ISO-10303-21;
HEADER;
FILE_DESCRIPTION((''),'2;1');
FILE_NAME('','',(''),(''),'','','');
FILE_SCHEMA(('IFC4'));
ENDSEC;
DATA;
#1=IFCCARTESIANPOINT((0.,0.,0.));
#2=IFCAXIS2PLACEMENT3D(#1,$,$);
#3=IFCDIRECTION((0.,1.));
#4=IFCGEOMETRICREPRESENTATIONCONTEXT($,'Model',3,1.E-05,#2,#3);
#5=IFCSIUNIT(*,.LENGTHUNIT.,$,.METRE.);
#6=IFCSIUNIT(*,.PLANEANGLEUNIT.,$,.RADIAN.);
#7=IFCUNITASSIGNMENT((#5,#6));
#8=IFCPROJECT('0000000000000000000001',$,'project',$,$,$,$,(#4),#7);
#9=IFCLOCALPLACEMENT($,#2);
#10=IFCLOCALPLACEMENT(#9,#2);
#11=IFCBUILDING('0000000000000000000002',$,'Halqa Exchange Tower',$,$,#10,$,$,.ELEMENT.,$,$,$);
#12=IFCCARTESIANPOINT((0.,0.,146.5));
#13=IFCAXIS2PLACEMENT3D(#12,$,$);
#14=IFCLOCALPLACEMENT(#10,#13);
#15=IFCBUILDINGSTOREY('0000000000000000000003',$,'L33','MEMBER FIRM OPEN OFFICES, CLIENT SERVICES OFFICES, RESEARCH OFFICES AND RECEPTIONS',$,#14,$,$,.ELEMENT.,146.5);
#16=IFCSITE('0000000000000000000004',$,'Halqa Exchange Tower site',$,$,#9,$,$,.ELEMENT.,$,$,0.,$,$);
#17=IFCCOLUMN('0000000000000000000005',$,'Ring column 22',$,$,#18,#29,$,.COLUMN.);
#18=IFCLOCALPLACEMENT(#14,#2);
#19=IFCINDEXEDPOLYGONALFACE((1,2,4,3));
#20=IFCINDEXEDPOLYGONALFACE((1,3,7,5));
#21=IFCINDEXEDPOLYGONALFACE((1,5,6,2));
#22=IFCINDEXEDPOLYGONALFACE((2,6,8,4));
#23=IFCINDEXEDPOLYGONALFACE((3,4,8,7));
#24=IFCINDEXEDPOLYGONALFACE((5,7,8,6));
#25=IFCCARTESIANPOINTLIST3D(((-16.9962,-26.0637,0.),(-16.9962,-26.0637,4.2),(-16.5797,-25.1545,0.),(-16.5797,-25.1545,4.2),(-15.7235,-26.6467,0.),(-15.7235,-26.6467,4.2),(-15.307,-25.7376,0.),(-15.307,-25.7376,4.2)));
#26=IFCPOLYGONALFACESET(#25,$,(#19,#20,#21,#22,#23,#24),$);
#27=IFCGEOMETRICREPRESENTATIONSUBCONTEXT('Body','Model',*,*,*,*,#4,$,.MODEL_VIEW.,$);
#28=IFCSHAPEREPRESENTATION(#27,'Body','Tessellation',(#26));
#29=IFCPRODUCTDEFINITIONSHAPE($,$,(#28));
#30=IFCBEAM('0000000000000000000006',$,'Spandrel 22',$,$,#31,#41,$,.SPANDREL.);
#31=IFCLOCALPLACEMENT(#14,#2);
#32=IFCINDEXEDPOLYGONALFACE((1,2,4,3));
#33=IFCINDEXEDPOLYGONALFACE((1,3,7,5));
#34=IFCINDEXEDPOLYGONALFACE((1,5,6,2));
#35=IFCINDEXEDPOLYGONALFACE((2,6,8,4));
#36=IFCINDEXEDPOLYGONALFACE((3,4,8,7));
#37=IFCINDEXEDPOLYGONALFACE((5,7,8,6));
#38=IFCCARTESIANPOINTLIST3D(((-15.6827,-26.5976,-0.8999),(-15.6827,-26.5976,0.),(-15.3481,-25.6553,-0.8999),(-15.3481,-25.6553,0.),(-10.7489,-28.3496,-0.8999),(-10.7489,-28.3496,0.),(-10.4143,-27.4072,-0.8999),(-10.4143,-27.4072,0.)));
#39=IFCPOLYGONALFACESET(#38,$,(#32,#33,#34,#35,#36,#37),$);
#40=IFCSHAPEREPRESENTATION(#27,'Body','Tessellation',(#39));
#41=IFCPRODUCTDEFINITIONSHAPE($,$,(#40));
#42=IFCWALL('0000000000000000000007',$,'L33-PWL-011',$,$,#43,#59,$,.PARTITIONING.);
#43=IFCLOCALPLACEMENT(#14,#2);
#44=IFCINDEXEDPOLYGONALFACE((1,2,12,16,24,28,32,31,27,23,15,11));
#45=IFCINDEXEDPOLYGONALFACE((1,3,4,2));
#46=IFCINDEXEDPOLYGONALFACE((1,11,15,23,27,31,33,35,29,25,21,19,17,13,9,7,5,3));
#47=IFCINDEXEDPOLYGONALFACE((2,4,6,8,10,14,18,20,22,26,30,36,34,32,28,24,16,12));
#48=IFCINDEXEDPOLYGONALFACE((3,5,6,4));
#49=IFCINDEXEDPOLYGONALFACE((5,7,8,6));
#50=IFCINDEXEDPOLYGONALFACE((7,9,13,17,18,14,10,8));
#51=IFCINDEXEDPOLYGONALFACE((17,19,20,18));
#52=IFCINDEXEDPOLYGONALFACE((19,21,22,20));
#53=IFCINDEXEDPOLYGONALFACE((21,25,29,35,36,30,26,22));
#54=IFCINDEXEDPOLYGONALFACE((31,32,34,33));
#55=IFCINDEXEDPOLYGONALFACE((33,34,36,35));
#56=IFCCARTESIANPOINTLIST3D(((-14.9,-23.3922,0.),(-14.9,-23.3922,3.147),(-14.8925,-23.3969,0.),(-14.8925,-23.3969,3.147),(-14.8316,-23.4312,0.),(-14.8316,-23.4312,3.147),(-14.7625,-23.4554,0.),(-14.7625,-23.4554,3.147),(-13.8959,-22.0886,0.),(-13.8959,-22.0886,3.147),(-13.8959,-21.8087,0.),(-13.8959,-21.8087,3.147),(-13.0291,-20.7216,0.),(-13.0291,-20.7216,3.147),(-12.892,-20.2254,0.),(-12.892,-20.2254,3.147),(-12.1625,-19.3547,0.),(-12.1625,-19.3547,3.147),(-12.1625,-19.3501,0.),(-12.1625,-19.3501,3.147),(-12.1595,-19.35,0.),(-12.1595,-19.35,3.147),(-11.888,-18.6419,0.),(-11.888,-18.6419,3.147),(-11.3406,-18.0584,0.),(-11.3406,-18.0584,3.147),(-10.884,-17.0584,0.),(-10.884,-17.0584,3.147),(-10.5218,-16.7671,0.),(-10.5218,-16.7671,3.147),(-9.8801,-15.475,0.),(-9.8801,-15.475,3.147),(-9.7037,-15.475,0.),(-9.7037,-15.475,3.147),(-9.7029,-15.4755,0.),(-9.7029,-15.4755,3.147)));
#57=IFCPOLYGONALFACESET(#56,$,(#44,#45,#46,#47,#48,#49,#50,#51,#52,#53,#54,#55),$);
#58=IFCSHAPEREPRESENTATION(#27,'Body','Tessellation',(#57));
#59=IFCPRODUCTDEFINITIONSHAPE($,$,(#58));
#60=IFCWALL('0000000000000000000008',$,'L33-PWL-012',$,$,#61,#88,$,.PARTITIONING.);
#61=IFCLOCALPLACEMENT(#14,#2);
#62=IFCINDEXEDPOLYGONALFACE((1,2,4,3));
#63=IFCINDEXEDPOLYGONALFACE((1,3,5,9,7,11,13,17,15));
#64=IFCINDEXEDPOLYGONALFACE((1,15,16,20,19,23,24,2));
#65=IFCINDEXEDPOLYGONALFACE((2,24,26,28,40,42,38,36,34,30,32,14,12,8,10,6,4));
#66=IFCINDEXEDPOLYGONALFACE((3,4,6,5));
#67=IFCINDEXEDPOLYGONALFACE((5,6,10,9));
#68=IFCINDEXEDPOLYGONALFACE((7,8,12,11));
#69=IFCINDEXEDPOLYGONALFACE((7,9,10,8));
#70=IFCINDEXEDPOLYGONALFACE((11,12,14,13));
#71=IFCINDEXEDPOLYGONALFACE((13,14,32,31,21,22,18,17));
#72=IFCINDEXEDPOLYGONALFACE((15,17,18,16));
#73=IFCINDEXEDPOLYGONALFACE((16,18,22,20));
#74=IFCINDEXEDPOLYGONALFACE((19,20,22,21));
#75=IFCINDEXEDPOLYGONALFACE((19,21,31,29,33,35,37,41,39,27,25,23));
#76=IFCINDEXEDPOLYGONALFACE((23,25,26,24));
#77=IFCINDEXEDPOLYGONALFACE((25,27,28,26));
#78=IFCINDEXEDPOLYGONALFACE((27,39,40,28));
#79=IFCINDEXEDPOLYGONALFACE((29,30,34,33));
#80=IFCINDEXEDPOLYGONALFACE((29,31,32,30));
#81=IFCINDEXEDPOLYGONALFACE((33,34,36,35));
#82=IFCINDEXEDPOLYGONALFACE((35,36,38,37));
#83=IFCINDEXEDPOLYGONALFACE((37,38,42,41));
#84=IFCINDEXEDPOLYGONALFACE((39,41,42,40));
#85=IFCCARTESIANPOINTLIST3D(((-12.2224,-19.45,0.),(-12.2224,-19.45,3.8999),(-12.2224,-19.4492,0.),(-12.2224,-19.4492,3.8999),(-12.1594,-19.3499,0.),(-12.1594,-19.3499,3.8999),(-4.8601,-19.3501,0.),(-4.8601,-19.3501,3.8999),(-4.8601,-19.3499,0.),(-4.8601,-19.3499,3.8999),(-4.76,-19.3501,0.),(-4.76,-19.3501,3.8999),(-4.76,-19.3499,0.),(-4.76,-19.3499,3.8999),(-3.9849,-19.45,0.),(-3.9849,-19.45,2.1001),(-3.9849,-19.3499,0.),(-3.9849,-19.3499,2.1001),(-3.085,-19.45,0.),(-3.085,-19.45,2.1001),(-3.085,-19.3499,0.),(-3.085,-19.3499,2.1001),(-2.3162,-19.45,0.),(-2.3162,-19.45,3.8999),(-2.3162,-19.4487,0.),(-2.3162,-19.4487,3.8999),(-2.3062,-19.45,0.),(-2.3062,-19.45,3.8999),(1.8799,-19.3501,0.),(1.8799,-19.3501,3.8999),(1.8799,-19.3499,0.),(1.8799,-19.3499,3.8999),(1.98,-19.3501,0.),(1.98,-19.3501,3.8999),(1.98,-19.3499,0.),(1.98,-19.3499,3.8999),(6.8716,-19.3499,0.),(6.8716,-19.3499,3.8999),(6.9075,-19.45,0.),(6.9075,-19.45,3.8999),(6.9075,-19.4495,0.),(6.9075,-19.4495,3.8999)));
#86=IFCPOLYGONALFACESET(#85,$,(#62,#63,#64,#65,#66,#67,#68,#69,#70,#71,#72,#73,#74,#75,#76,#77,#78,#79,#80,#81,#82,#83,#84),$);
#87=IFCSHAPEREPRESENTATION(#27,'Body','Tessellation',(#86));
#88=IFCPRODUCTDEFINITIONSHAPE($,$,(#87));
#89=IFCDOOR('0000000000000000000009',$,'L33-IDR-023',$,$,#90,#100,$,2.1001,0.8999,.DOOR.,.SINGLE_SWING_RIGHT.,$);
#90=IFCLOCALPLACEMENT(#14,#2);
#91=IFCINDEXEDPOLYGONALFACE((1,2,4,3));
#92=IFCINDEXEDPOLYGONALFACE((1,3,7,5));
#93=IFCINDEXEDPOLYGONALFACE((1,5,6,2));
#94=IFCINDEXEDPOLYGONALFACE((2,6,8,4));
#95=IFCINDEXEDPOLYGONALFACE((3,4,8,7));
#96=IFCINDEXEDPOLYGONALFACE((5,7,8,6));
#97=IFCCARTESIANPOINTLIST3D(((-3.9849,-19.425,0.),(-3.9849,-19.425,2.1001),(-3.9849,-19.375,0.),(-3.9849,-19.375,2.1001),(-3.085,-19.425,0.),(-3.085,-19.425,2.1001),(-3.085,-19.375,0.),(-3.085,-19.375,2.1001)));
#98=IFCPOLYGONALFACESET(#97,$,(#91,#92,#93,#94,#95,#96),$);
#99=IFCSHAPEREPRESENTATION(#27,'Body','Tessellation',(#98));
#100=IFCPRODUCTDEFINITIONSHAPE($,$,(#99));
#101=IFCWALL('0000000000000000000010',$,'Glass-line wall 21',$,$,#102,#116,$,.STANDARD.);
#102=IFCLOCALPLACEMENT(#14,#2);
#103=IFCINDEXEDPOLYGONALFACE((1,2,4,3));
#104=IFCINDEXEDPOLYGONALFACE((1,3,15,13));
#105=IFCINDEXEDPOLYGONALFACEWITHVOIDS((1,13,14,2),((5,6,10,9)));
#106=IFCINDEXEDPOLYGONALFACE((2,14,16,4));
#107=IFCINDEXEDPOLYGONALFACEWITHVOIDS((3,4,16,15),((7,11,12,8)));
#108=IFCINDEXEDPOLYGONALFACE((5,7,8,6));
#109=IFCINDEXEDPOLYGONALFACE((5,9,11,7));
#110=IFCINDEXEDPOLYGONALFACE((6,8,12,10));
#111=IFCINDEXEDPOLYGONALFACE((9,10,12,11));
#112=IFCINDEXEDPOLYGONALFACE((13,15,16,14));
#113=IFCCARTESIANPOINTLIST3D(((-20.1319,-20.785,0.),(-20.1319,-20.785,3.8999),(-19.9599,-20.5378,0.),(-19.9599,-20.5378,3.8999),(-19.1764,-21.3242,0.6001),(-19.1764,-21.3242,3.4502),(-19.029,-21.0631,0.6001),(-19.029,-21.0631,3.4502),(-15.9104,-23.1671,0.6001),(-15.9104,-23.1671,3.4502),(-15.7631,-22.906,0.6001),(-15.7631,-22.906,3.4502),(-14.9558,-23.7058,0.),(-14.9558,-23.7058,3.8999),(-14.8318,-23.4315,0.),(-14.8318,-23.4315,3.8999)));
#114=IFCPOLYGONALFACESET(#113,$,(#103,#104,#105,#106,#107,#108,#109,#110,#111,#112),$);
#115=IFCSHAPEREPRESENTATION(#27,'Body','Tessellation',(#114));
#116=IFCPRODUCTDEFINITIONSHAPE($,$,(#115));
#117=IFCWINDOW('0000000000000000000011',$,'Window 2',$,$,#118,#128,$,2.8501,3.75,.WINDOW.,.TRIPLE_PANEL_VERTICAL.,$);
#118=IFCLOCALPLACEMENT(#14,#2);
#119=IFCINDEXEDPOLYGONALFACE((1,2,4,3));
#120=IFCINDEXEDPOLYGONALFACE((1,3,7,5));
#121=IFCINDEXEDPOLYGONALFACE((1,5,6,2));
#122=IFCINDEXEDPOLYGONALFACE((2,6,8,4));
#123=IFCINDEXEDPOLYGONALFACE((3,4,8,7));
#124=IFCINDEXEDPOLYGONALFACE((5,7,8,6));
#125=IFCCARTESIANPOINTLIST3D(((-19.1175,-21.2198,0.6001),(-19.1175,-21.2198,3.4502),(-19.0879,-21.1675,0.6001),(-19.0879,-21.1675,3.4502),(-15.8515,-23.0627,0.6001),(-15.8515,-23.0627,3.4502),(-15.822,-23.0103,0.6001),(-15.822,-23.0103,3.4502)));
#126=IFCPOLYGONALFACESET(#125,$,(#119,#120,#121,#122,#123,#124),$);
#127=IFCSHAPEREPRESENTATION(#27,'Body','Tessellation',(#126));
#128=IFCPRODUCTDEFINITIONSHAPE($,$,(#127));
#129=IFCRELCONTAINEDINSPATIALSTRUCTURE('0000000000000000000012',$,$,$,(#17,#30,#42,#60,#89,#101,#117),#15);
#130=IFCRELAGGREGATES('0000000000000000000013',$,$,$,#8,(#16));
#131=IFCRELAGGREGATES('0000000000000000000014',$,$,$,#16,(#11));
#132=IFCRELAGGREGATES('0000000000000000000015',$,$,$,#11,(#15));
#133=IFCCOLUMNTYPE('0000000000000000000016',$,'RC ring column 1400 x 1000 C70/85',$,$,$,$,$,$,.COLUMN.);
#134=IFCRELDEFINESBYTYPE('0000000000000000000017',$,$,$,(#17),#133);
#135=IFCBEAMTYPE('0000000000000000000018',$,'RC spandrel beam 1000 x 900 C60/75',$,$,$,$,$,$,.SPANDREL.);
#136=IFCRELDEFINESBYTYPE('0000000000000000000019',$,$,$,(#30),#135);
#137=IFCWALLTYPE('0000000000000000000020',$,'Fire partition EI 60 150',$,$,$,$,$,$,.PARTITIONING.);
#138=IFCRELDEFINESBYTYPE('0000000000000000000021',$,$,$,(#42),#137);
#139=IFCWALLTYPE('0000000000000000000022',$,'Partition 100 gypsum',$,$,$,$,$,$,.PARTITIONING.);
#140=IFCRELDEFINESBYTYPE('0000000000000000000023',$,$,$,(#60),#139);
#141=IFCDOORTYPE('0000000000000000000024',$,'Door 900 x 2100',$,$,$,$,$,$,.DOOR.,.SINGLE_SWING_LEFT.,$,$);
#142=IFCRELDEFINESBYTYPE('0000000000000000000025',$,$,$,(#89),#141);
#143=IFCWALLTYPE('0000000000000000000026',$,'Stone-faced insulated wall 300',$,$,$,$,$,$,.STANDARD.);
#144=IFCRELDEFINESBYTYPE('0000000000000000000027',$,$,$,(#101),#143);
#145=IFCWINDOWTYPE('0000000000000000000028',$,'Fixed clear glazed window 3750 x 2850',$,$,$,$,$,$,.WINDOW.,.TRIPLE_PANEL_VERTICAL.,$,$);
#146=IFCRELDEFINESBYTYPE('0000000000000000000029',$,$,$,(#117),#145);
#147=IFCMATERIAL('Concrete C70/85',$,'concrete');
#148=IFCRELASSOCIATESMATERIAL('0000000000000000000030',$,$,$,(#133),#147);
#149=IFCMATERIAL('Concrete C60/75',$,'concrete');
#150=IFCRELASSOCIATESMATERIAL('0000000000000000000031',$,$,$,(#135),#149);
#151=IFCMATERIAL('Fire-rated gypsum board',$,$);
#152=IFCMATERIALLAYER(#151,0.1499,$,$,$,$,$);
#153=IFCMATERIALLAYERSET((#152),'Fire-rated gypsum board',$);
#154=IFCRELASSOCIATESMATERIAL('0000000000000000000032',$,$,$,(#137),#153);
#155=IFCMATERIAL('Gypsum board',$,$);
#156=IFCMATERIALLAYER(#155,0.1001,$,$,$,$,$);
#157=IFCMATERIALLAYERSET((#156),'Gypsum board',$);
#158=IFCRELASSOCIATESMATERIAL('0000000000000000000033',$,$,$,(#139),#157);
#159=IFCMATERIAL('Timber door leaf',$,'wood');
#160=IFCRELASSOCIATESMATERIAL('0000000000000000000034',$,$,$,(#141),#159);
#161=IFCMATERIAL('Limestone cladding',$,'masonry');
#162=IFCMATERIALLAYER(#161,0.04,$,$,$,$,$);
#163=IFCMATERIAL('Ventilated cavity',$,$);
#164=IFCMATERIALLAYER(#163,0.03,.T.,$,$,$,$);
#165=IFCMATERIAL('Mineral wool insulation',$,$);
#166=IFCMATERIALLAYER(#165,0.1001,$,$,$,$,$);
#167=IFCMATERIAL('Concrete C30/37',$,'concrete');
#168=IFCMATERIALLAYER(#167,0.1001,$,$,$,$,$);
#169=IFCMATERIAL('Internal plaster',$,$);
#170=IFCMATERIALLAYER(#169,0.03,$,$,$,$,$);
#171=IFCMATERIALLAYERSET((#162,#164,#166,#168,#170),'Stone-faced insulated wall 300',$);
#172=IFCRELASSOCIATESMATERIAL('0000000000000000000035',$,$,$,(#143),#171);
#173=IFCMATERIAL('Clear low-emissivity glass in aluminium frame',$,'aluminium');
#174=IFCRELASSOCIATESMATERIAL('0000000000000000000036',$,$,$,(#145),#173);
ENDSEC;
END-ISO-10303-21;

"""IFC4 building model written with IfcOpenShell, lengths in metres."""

from ifc_helpers import new_model, si_unit, direction, frame, frame_2d, origin, origin_2d, place, context, subcontext, project, spatial, polyline, rectangle, outline, extrude, material, layer, layer_set, material_profile, profile_set, type_object, element, fill, save


model = new_model("IFC4")

# Units and contexts
model_context = context("Model", 3, precision=1e-05, world=origin(), true_north=direction((0.0, 1.0)))
body_context = subcontext(model_context, "Body", "Model", "MODEL_VIEW")
ifc_project = project(units=[si_unit("LENGTHUNIT", "METRE"), si_unit("PLANEANGLEUNIT", "RADIAN")], contexts=[model_context])

# Site, building, storey
site_placement = place(None, origin())
site = spatial("IfcSite", under=ifc_project, at=site_placement, Name="Halqa Exchange Tower site", CompositionType="ELEMENT", RefElevation=0.0)
building_placement = place(site_placement, origin())
building = spatial("IfcBuilding", under=site, at=building_placement, Name="Halqa Exchange Tower", CompositionType="ELEMENT")
storey_placement = place(building_placement, frame((0.0, 0.0, 146.5)))
storey = spatial("IfcBuildingStorey", under=building, at=storey_placement, Name="L33", Description="MEMBER FIRM OPEN OFFICES, CLIENT SERVICES OFFICES, RESEARCH OFFICES AND RECEPTIONS", CompositionType="ELEMENT", Elevation=146.5)

# Column
ifc_material_1 = material(Name="Concrete C70/85", Category="concrete")
ifc_material_profile_1 = material_profile(ifc_material_1, rectangle(XDim=1.3999, YDim=1.0, at=origin_2d()), Name="1400 x 1000")
ifc_profile_set_1 = profile_set([ifc_material_profile_1], Name="Concrete C70/85")
column_type = type_object("IfcColumnType", Name="RC ring column 1400 x 1000 C70/85", PredefinedType="COLUMN", material=ifc_profile_set_1)
column_placement = place(storey_placement, frame((-16.1516, -25.9006, 0.0), z_axis=(0.0, 0.0, 1.0), x_axis=(0.909127, -0.416519, 0.0)))
element("IfcColumn", 1, at=column_placement, inside=storey, type_object=column_type, Name="Ring column 22", PredefinedType="COLUMN", context=body_context, shape_type="SweptSolid", body=[
    extrude(rectangle(XDim=1.3999, YDim=1.0, at=origin_2d()), origin(), (0.0, 0.0, 1.0), 4.2),
])

# Beam
ifc_material_2 = material(Name="Concrete C60/75", Category="concrete")
ifc_material_profile_2 = material_profile(ifc_material_2, rectangle(XDim=1.0, YDim=0.8999, at=origin_2d()), Name="1000 x 900")
ifc_profile_set_2 = profile_set([ifc_material_profile_2], Name="Concrete C60/75")
beam_type = type_object("IfcBeamType", Name="RC spandrel beam 1000 x 900 C60/75", PredefinedType="SPANDREL", material=ifc_profile_set_2)
beam_placement = place(storey_placement, frame((-15.5154, -26.1265, -0.45), z_axis=(0.942353, -0.33462, 0.0), x_axis=(0.33462, 0.942353, 0.0)))
element("IfcBeam", 2, at=beam_placement, inside=storey, type_object=beam_type, Name="Spandrel 22", PredefinedType="SPANDREL", context=body_context, shape_type="SweptSolid", body=[
    extrude(rectangle(XDim=1.0, YDim=0.8999, at=origin_2d()), origin(), (0.0, 0.0, 1.0), 5.2356),
])

# Shared definitions
ifc_material_3 = material(Name="Fire-rated gypsum board")
ifc_layer_1 = layer(ifc_material_3, 0.1499)
ifc_layer_set_1 = layer_set([ifc_layer_1], Name="Fire-rated gypsum board")
wall_type_1 = type_object("IfcWallType", Name="Fire partition EI 60 150", PredefinedType="PARTITIONING", material=ifc_layer_set_1)

# Wall
wall_1_placement = place(storey_placement, frame((-14.8367, -23.4324, 0.0), z_axis=(0.0, 0.0, 1.0), x_axis=(0.535485, 0.844545, 0.0)))
element("IfcWall", 3, at=wall_1_placement, inside=storey, type_object=wall_type_1, Name="L33-PWL-011", PredefinedType="PARTITIONING", context=body_context, shape_type="SweptSolid", body=[
    extrude(outline(polyline([(0.0203, -0.075), (1.6387, -0.075), (3.2573, -0.075), (4.8757, -0.075), (4.8796, -0.0725), (4.8813, -0.075), (6.4106, -0.075), (7.9397, -0.075), (9.469, -0.075), (9.469, -0.074), (9.3745, 0.075), (7.4998, 0.075), (5.6248, 0.075), (3.7498, 0.075), (1.875, 0.075), (0.0, 0.075), (0.0, 0.0662), (0.0037, -0.0037), (0.0203, -0.075)])), origin(), (0.0, 0.0, 1.0), 3.147),
])

# Wall, opening, door
ifc_material_4 = material(Name="Gypsum board")
ifc_layer_2 = layer(ifc_material_4, 0.1001)
ifc_layer_set_2 = layer_set([ifc_layer_2], Name="Gypsum board")
wall_type_2 = type_object("IfcWallType", Name="Partition 100 gypsum", PredefinedType="PARTITIONING", material=ifc_layer_set_2)
wall_2_placement = place(storey_placement, frame((-12.2224, -19.3999, 0.0), z_axis=(0.0, 0.0, 1.0), x_axis=(1.0, 0.0, 0.0)))
wall_2 = element("IfcWall", 4, at=wall_2_placement, inside=storey, type_object=wall_type_2, Name="L33-PWL-012", PredefinedType="PARTITIONING", context=body_context, shape_type="SweptSolid", body=[
    extrude(outline(polyline([(0.0, -0.05), (1.9812, -0.05), (3.9624, -0.05), (5.9436, -0.05), (7.925, -0.05), (9.9062, -0.05), (9.9062, -0.0488), (9.9163, -0.05), (11.759, -0.05), (13.6016, -0.05), (15.4443, -0.05), (17.2871, -0.05), (19.1299, -0.05), (19.1299, -0.0496), (19.094, 0.05), (17.4636, 0.05), (15.833, 0.05), (14.2024, 0.05), (14.2024, 0.0498), (14.1023, 0.0498), (14.1023, 0.05), (12.4424, 0.05), (10.7825, 0.05), (9.1223, 0.05), (7.4624, 0.05), (7.4624, 0.0498), (7.3623, 0.0498), (7.3623, 0.05), (5.5376, 0.05), (3.7126, 0.05), (1.8879, 0.05), (0.063, 0.05), (0.0, -0.0493), (0.0, -0.05)])), origin(), (0.0, 0.0, 1.0), 3.8999),
])
opening_1_placement = place(wall_2_placement, frame((8.2375, 0.0, 0.0)))
opening_1 = element("IfcOpeningElement", 5, at=opening_1_placement, cuts=wall_2, PredefinedType="OPENING", context=body_context, shape_type="SweptSolid", body=[
    extrude(rectangle(XDim=0.8999, YDim=2.1001, at=frame_2d((0.45, 1.05))), frame((0.0, 0.062, 0.0), z_axis=(0.0, -1.0, 0.0), x_axis=(1.0, 0.0, 0.0)), (0.0, 0.0, 1.0), 0.124),
])
ifc_material_5 = material(Name="Timber door leaf", Category="wood")
door_type_1 = type_object("IfcDoorType", Name="Door 900 x 2100", OperationType="SINGLE_SWING_LEFT", PredefinedType="DOOR", material=ifc_material_5)
door_1_placement = place(opening_1_placement, origin())
door_1 = element("IfcDoor", 6, at=door_1_placement, inside=storey, type_object=door_type_1, Name="L33-IDR-023", OperationType="SINGLE_SWING_RIGHT", OverallHeight=2.1001, OverallWidth=0.8999, PredefinedType="DOOR", context=body_context, shape_type="SweptSolid", body=[
    extrude(rectangle(XDim=0.8999, YDim=2.1001, at=frame_2d((0.45, 1.05))), frame((0.0, 0.0249, 0.0), z_axis=(0.0, -1.0, 0.0), x_axis=(1.0, 0.0, 0.0)), (0.0, 0.0, 1.0), 0.05),
])
fill(opening_1, door_1)

# Wall, opening, window
ifc_material_6 = material(Name="Limestone cladding", Category="masonry")
ifc_layer_3 = layer(ifc_material_6, 0.04)
ifc_material_7 = material(Name="Ventilated cavity")
ifc_layer_4 = layer(ifc_material_7, 0.03, ventilated=True)
ifc_material_8 = material(Name="Mineral wool insulation")
ifc_layer_5 = layer(ifc_material_8, 0.1001)
ifc_material_9 = material(Name="Concrete C30/37", Category="concrete")
ifc_layer_6 = layer(ifc_material_9, 0.1001)
ifc_material_10 = material(Name="Internal plaster")
ifc_layer_7 = layer(ifc_material_10, 0.03)
ifc_layer_set_3 = layer_set([ifc_layer_3, ifc_layer_4, ifc_layer_5, ifc_layer_6, ifc_layer_7], Name="Stone-faced insulated wall 300")
wall_type_3 = type_object("IfcWallType", Name="Stone-faced insulated wall 300", PredefinedType="STANDARD", material=ifc_layer_set_3)
wall_3_placement = place(storey_placement, frame((-20.0459, -20.6614, 0.0), z_axis=(0.0, 0.0, 1.0), x_axis=(0.870912, -0.491438, 0.0)))
wall_3 = element("IfcWall", 7, at=wall_3_placement, inside=storey, type_object=wall_type_3, Name="Glass-line wall 21", PredefinedType="STANDARD", context=body_context, shape_type="SweptSolid", body=[
    extrude(outline(polyline([(-0.0142, -0.1499), (5.9292, -0.1499), (5.9023, 0.1499), (0.0142, 0.1499), (-0.0142, -0.1499)])), origin(), (0.0, 0.0, 1.0), 3.8999),
])
opening_2_placement = place(wall_3_placement, frame((1.083, 0.0, 0.6001)))
opening_2 = element("IfcOpeningElement", 8, at=opening_2_placement, cuts=wall_3, PredefinedType="OPENING", context=body_context, shape_type="SweptSolid", body=[
    extrude(rectangle(XDim=3.75, YDim=2.8501, at=frame_2d((1.875, 1.425))), frame((0.0, 0.1621, 0.0), z_axis=(0.0, -1.0, 0.0), x_axis=(1.0, 0.0, 0.0)), (0.0, 0.0, 1.0), 0.324),
])
ifc_material_11 = material(Name="Clear low-emissivity glass in aluminium frame", Category="aluminium")
window_type = type_object("IfcWindowType", Name="Fixed clear glazed window 3750 x 2850", PartitioningType="TRIPLE_PANEL_VERTICAL", PredefinedType="WINDOW", material=ifc_material_11)
window_1_placement = place(opening_2_placement, origin())
window_1 = element("IfcWindow", 9, at=window_1_placement, inside=storey, type_object=window_type, Name="Window 2", OverallHeight=2.8501, OverallWidth=3.75, PartitioningType="TRIPLE_PANEL_VERTICAL", PredefinedType="WINDOW", context=body_context, shape_type="SweptSolid", body=[
    extrude(rectangle(XDim=3.75, YDim=2.8501, at=frame_2d((1.875, 1.425))), frame((0.0, 0.03, 0.0), z_axis=(0.0, -1.0, 0.0), x_axis=(1.0, 0.0, 0.0)), (0.0, 0.0, 1.0), 0.0601),
])
fill(opening_2, window_1)

save(model, "model.ifc")
